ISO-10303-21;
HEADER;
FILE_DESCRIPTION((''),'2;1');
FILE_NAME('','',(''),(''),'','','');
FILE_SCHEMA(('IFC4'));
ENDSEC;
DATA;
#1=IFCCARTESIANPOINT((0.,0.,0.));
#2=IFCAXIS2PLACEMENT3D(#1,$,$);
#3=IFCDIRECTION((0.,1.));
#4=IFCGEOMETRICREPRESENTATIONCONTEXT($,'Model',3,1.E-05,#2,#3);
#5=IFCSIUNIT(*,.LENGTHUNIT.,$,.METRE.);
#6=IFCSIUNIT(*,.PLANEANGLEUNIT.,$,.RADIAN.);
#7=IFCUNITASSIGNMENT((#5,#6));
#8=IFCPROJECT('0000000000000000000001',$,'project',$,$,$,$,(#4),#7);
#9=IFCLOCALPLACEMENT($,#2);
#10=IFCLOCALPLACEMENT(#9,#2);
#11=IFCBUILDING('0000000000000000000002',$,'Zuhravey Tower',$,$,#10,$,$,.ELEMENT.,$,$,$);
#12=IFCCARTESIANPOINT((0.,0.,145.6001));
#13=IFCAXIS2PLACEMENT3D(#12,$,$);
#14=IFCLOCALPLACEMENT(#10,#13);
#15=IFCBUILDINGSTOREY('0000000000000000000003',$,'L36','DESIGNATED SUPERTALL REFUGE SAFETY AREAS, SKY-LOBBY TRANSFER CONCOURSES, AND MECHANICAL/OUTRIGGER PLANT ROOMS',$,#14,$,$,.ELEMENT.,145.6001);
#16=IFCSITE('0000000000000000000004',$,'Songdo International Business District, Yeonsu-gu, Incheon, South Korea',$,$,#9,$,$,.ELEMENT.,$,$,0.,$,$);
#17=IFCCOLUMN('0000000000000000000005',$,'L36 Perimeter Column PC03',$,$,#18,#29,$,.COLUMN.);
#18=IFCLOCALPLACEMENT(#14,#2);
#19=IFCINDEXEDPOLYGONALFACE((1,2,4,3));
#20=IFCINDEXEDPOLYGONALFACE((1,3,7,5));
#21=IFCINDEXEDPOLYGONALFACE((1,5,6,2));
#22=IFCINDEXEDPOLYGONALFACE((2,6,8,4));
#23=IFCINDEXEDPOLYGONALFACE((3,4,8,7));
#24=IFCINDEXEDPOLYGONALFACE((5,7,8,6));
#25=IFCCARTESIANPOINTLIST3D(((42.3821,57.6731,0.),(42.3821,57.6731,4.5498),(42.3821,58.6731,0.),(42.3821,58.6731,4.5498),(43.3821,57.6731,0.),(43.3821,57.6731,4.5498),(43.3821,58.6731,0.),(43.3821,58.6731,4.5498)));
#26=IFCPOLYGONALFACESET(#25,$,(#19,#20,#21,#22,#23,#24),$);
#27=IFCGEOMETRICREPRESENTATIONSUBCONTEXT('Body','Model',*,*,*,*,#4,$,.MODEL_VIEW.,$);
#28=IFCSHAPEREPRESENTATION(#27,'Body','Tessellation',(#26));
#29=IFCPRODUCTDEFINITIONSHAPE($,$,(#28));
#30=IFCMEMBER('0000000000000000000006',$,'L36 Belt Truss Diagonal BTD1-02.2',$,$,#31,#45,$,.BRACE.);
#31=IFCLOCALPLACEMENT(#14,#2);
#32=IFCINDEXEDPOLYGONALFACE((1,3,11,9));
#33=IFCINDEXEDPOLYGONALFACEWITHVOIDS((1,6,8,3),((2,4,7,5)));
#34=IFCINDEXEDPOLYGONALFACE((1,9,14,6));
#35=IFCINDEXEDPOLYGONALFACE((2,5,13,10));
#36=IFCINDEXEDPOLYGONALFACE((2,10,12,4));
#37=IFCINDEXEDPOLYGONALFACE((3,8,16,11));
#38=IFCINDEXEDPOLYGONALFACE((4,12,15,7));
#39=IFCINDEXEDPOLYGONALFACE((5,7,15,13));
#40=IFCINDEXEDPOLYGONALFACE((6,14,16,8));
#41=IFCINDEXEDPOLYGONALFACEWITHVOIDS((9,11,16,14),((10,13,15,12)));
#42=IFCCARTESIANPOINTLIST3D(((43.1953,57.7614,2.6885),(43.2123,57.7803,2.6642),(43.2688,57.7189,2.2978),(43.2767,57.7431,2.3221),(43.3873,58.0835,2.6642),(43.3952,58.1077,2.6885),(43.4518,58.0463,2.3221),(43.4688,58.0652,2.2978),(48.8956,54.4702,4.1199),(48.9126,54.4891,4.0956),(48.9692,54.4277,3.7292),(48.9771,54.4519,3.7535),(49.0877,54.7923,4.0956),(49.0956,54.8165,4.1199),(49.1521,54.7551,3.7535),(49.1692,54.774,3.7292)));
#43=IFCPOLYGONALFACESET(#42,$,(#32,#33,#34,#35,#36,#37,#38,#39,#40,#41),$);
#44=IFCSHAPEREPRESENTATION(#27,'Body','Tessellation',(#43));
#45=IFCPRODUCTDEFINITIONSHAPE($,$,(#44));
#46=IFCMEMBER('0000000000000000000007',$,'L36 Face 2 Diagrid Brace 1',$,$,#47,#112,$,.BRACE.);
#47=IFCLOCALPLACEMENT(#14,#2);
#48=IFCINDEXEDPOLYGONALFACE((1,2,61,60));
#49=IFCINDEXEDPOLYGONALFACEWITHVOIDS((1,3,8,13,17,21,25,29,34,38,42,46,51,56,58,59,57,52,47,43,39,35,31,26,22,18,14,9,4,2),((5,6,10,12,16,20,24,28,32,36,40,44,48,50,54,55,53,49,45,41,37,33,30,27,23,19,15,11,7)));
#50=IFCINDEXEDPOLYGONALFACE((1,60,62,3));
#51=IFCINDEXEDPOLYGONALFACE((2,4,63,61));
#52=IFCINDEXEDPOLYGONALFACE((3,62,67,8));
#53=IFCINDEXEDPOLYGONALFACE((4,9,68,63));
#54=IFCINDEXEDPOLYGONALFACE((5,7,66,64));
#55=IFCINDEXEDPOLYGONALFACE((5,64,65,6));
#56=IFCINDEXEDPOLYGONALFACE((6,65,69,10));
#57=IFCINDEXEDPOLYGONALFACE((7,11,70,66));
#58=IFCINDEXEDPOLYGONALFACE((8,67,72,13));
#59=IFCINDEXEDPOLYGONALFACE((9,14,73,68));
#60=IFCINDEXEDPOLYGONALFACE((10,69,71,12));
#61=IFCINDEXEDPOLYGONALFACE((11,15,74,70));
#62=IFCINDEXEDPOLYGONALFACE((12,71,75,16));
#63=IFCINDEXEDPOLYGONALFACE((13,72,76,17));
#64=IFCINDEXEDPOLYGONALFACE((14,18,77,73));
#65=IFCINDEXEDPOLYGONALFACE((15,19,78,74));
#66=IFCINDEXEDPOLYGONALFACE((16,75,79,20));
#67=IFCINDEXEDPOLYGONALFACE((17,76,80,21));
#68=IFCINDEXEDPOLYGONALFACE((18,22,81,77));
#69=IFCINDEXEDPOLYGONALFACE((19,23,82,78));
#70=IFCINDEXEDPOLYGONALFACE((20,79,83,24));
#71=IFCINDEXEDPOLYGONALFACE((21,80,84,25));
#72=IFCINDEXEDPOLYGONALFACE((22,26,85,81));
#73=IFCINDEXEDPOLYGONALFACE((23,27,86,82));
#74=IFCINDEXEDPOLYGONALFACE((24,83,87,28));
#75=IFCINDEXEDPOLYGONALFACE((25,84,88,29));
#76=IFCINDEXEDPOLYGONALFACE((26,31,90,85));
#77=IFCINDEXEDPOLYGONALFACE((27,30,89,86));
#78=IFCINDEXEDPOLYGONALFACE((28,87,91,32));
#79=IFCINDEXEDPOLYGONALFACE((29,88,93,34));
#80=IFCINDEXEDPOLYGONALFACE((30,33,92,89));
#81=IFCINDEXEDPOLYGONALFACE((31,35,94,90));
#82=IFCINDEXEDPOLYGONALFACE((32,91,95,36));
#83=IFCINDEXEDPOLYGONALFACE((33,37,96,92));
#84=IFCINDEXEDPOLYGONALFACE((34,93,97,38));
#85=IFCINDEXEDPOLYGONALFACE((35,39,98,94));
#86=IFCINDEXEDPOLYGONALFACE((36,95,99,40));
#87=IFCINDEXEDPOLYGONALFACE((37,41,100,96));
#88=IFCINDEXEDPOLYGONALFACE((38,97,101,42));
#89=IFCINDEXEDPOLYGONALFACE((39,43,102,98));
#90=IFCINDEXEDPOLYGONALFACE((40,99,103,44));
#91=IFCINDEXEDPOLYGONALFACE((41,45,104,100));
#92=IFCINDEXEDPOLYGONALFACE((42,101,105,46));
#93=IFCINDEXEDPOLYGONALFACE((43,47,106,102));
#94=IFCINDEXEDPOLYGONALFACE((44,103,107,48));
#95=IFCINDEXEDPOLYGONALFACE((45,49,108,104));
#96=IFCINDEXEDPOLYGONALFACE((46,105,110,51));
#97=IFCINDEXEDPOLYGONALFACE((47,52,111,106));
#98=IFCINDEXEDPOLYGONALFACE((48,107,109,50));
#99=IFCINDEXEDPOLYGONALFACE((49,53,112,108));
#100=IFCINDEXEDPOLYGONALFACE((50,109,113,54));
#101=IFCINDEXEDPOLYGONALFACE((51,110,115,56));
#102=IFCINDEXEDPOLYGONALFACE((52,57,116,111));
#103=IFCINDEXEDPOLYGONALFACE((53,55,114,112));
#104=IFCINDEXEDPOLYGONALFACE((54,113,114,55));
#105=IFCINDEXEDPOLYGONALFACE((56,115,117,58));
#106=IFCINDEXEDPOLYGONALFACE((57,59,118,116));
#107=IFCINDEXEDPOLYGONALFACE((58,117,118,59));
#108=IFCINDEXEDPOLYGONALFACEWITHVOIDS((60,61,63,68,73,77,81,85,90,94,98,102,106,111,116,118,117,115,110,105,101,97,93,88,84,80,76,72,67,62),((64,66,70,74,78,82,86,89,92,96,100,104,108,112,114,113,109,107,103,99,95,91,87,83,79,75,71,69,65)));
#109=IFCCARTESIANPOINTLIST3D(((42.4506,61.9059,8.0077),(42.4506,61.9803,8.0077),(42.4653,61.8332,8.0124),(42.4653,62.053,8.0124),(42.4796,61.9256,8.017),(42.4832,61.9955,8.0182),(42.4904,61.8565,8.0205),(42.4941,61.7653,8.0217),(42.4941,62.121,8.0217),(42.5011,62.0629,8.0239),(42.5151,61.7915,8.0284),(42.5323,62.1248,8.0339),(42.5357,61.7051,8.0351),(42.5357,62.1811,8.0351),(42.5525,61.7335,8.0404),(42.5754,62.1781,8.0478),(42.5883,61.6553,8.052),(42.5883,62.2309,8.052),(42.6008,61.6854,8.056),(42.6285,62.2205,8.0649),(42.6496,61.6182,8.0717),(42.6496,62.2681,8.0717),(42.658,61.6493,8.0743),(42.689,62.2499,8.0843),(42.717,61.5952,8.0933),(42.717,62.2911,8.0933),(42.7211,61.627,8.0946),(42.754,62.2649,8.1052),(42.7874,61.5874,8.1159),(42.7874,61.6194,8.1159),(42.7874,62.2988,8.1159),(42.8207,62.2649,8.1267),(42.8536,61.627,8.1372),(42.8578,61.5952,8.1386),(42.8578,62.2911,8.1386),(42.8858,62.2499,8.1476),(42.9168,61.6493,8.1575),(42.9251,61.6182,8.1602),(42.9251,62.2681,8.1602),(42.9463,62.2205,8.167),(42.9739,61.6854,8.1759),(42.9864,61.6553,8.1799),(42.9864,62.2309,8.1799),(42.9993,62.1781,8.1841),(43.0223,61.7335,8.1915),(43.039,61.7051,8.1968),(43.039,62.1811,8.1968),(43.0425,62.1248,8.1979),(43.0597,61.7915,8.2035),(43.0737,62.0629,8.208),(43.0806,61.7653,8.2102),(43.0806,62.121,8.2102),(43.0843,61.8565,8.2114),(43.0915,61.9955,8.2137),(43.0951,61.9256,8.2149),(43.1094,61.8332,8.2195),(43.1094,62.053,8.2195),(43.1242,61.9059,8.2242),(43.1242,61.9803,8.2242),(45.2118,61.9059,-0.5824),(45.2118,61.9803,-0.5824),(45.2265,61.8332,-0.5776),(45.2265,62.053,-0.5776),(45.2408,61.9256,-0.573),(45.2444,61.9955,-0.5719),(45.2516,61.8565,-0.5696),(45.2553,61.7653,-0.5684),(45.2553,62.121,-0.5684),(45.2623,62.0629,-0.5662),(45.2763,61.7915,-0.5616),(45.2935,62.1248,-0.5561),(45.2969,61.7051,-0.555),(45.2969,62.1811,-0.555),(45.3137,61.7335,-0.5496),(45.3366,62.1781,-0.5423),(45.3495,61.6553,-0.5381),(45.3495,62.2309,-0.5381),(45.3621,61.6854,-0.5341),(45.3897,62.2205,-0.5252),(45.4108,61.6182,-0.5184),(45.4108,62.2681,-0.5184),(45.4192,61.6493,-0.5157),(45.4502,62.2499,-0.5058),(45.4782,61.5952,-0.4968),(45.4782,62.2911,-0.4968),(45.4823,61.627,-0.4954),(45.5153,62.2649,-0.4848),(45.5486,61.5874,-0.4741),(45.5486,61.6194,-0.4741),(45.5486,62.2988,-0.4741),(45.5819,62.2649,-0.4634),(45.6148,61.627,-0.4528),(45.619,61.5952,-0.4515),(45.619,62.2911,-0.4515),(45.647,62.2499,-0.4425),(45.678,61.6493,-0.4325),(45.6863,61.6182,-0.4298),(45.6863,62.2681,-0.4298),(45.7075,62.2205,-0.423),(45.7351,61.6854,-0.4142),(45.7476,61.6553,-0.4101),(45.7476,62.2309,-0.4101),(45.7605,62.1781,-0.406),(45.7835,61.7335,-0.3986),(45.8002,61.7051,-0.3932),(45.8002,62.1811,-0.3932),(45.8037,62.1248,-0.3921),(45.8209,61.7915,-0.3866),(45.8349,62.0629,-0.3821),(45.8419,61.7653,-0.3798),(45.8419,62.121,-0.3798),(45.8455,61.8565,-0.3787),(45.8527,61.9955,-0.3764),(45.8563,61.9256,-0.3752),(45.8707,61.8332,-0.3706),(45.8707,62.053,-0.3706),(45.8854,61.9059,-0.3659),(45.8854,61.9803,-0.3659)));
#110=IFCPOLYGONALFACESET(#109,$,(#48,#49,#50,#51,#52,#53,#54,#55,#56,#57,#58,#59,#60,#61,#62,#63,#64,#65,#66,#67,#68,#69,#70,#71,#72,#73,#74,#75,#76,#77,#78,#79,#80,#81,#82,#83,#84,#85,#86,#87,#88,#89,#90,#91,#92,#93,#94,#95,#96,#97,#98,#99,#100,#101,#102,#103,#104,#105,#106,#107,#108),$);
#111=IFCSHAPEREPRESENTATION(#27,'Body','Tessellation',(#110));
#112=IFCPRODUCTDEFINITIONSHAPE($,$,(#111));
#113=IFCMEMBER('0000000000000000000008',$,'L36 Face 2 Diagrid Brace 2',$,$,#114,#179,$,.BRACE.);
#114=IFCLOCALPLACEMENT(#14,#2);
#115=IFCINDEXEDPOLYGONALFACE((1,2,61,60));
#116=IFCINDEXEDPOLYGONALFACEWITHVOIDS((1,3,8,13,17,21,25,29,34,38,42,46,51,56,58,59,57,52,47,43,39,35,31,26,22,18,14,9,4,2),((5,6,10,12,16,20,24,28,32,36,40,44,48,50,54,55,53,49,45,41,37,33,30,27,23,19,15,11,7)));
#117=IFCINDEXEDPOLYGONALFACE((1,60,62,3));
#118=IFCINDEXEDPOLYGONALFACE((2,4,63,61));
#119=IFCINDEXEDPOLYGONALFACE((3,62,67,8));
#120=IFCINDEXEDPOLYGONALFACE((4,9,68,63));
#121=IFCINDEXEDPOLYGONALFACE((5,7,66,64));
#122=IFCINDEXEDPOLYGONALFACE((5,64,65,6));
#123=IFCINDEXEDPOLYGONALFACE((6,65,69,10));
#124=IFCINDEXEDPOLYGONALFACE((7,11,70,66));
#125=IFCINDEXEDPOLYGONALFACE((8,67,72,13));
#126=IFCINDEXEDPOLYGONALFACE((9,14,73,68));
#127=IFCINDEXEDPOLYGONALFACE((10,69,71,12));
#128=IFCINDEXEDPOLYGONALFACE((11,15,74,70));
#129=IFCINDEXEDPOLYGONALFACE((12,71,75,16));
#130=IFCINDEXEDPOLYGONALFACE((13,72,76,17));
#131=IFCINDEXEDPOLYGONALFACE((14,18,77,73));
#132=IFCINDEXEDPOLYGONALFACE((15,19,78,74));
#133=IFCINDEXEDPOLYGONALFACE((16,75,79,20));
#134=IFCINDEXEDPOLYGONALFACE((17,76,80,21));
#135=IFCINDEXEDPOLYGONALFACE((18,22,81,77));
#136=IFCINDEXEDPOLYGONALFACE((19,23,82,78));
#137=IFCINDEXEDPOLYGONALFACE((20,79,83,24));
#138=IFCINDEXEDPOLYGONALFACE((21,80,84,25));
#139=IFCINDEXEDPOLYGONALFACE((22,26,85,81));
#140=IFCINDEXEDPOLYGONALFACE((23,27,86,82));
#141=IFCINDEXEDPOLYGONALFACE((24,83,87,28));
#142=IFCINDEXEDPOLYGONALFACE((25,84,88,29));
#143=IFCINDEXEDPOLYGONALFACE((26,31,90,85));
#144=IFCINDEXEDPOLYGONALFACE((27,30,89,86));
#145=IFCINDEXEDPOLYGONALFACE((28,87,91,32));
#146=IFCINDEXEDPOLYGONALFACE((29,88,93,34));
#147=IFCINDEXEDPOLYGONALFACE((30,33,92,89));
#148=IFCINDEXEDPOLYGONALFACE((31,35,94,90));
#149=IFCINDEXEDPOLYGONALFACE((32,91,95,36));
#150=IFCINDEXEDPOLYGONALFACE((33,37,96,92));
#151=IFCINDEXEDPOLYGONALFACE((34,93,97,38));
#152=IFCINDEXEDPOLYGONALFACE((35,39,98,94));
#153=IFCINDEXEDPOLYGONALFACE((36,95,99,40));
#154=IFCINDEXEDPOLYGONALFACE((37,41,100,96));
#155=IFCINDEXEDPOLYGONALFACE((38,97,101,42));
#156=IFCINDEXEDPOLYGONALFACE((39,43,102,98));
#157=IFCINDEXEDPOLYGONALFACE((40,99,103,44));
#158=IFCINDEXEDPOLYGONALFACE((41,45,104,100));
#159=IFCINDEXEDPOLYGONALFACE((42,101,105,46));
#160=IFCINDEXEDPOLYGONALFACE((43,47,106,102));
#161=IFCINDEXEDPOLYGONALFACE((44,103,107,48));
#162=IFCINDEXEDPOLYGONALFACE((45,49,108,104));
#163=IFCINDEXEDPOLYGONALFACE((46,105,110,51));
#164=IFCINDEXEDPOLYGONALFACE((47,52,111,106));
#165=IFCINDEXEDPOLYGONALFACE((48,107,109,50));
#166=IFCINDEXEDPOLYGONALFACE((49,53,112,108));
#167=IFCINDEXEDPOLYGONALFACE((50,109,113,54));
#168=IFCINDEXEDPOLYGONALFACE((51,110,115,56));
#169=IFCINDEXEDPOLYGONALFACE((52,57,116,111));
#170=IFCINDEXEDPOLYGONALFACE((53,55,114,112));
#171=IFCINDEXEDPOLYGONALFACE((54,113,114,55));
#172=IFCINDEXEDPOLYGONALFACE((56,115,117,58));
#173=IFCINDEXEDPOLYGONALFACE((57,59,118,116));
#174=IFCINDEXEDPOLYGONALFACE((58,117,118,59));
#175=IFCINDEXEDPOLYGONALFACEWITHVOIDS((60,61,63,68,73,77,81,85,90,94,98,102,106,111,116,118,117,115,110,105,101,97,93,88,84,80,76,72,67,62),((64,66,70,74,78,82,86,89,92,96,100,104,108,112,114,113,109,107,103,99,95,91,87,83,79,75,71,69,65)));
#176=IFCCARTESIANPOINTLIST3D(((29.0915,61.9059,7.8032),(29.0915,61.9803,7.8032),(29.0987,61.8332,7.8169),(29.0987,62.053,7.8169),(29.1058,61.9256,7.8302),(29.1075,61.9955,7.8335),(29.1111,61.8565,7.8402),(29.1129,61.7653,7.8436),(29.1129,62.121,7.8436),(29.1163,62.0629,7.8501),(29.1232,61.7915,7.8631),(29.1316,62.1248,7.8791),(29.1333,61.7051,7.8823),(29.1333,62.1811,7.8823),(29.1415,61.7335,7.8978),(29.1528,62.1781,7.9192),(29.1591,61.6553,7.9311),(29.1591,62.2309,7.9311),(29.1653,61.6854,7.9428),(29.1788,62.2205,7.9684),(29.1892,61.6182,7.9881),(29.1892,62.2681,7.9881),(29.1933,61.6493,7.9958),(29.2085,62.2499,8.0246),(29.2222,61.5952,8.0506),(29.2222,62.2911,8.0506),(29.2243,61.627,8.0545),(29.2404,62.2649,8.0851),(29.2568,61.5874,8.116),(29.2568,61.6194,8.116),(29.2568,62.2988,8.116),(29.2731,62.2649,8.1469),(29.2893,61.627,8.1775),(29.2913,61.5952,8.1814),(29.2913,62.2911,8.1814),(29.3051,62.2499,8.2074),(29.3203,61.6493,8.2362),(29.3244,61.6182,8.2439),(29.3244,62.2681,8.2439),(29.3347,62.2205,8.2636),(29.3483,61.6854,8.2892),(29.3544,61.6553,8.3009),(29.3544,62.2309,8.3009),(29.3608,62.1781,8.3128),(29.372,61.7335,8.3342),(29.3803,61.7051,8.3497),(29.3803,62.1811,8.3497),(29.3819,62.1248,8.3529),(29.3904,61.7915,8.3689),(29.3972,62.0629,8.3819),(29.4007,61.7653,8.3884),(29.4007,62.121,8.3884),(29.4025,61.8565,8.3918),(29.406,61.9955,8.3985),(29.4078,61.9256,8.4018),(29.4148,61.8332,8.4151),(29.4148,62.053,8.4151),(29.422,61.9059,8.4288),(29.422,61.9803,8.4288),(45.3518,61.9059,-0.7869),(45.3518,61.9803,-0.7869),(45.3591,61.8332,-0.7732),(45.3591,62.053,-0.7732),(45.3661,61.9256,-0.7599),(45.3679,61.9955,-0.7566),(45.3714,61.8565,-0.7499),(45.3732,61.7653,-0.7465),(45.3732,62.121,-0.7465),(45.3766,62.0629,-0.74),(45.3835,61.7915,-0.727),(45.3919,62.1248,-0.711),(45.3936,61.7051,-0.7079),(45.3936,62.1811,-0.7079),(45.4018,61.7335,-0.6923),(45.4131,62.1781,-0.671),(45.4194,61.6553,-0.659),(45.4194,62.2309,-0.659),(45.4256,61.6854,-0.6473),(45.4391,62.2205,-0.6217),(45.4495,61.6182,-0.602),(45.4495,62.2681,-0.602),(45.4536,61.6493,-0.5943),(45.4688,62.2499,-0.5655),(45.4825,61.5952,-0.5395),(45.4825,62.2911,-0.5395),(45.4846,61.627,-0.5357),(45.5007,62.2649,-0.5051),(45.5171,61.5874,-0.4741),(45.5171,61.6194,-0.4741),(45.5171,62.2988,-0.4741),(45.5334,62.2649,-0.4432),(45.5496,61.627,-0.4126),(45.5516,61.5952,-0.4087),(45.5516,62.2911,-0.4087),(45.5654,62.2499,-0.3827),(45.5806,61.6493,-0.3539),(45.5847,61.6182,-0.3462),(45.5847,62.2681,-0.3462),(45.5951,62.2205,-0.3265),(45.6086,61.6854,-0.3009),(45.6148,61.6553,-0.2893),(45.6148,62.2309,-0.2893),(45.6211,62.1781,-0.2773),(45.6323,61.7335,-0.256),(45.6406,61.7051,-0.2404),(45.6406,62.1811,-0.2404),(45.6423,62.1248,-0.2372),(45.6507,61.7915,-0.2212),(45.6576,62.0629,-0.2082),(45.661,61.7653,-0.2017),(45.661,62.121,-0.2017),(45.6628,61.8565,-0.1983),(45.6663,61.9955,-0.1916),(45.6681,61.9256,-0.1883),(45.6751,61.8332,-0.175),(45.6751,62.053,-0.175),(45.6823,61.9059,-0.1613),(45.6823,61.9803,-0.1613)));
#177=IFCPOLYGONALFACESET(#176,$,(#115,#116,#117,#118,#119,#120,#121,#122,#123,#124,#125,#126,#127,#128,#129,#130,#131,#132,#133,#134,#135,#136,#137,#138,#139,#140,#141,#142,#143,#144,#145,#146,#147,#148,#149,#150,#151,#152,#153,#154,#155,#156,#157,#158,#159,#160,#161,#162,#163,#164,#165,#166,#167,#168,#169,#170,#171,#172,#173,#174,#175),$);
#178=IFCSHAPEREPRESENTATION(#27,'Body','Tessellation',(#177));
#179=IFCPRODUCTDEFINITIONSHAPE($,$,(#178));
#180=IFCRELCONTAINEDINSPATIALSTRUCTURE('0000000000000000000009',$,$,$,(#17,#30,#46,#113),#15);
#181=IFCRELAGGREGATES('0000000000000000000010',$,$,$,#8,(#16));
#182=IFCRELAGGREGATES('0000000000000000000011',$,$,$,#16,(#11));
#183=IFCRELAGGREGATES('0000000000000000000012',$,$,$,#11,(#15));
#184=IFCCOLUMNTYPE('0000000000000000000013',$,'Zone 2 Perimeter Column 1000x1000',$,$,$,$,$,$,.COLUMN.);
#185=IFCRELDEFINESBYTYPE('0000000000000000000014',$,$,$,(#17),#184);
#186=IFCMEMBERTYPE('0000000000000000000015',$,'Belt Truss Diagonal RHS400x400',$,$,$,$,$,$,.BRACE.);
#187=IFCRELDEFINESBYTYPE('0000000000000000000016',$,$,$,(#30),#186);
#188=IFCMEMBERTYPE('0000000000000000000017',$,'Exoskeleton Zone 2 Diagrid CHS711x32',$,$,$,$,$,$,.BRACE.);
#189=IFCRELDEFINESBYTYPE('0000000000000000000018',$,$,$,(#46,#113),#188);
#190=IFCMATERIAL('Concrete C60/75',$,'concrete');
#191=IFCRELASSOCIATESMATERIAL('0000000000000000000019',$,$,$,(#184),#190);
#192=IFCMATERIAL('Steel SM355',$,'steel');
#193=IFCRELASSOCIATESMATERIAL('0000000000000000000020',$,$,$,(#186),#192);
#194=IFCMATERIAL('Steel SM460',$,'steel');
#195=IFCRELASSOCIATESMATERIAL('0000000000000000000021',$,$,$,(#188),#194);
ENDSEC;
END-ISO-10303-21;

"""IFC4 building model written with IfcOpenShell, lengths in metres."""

from ifc_helpers import new_model, si_unit, direction, frame, origin, origin_2d, place, context, subcontext, project, spatial, rectangle, hollow_rectangle, hollow_circle, extrude, material, material_profile, profile_set, type_object, element, save


model = new_model("IFC4")

# Units and contexts
model_context = context("Model", 3, precision=1e-05, world=origin(), true_north=direction((0.0, 1.0)))
body_context = subcontext(model_context, "Body", "Model", "MODEL_VIEW")
ifc_project = project(units=[si_unit("LENGTHUNIT", "METRE"), si_unit("PLANEANGLEUNIT", "RADIAN")], contexts=[model_context])

# Site, building, storey
site_placement = place(None, origin())
site = spatial("IfcSite", under=ifc_project, at=site_placement, Name="Songdo International Business District, Yeonsu-gu, Incheon, South Korea", CompositionType="ELEMENT", RefElevation=0.0)
building_placement = place(site_placement, origin())
building = spatial("IfcBuilding", under=site, at=building_placement, Name="Zuhravey Tower", CompositionType="ELEMENT")
storey_placement = place(building_placement, frame((0.0, 0.0, 145.6001)))
storey = spatial("IfcBuildingStorey", under=building, at=storey_placement, Name="L36", Description="DESIGNATED SUPERTALL REFUGE SAFETY AREAS, SKY-LOBBY TRANSFER CONCOURSES, AND MECHANICAL/OUTRIGGER PLANT ROOMS", CompositionType="ELEMENT", Elevation=145.6001)

# Column
ifc_material_1 = material(Name="Concrete C60/75", Category="concrete")
ifc_material_profile_1 = material_profile(ifc_material_1, rectangle(XDim=1.0, YDim=1.0, at=origin_2d()), Name="RC-1000x1000")
ifc_profile_set_1 = profile_set([ifc_material_profile_1], Name="Concrete C60/75")
column_type = type_object("IfcColumnType", Name="Zone 2 Perimeter Column 1000x1000", PredefinedType="COLUMN", material=ifc_profile_set_1)
column_placement = place(storey_placement, frame((42.8821, 58.1731, 0.0), z_axis=(0.0, 0.0, 1.0), x_axis=(-1.0, 0.0, 0.0)))
element("IfcColumn", 1, at=column_placement, inside=storey, type_object=column_type, Name="L36 Perimeter Column PC03", PredefinedType="COLUMN", context=body_context, shape_type="SweptSolid", body=[
    extrude(rectangle(XDim=1.0, YDim=1.0, at=origin_2d()), origin(), (0.0, 0.0, 1.0), 4.5498),
])

# Members
ifc_material_2 = material(Name="Steel SM355", Category="steel")
ifc_material_profile_2 = material_profile(ifc_material_2, hollow_rectangle(XDim=0.3999, YDim=0.3999, WallThickness=0.0249, at=origin_2d()), Name="RHS-400x400x25")
ifc_profile_set_2 = profile_set([ifc_material_profile_2], Name="Steel SM355")
member_type_1 = type_object("IfcMemberType", Name="Belt Truss Diagonal RHS400x400", PredefinedType="BRACE", material=ifc_profile_set_2)
member_1_placement = place(storey_placement, frame((43.332, 57.9133, 2.4932), z_axis=(0.846241, -0.488593, 0.212493), x_axis=(0.500012, 0.866018, 0.0)))
element("IfcMember", 2, at=member_1_placement, inside=storey, type_object=member_type_1, Name="L36 Belt Truss Diagonal BTD1-02.2", PredefinedType="BRACE", context=body_context, shape_type="SweptSolid", body=[
    extrude(hollow_rectangle(XDim=0.3999, YDim=0.3999, WallThickness=0.0249, at=origin_2d()), origin(), (0.0, 0.0, 1.0), 6.7361),
])
ifc_material_3 = material(Name="Steel SM460", Category="steel")
ifc_material_profile_3 = material_profile(ifc_material_3, hollow_circle(Radius=0.3557, WallThickness=0.032, at=origin_2d()), Name="CHS-711.2x32")
ifc_profile_set_3 = profile_set([ifc_material_profile_3], Name="Steel SM460")
member_type_2 = type_object("IfcMemberType", Name="Exoskeleton Zone 2 Diagrid CHS711x32", PredefinedType="BRACE", material=ifc_profile_set_3)
member_2_placement = place(storey_placement, frame((45.5486, 61.9431, -0.4741), z_axis=(-0.306022, 0.0, 0.952024), x_axis=(0.0, -1.0, 0.0)))
element("IfcMember", 3, at=member_2_placement, inside=storey, type_object=member_type_2, Name="L36 Face 2 Diagrid Brace 1", PredefinedType="BRACE", context=body_context, shape_type="SweptSolid", body=[
    extrude(hollow_circle(Radius=0.3557, WallThickness=0.032, at=origin_2d()), origin(), (0.0, 0.0, 1.0), 9.0229),
])
member_3_placement = place(storey_placement, frame((45.5171, 61.9431, -0.4741), z_axis=(-0.884199, 0.0, 0.467111), x_axis=(0.0, -1.0, 0.0)))
element("IfcMember", 4, at=member_3_placement, inside=storey, type_object=member_type_2, Name="L36 Face 2 Diagrid Brace 2", PredefinedType="BRACE", context=body_context, shape_type="SweptSolid", body=[
    extrude(hollow_circle(Radius=0.3557, WallThickness=0.032, at=origin_2d()), origin(), (0.0, 0.0, 1.0), 18.3899),
])

save(model, "model.ifc")
